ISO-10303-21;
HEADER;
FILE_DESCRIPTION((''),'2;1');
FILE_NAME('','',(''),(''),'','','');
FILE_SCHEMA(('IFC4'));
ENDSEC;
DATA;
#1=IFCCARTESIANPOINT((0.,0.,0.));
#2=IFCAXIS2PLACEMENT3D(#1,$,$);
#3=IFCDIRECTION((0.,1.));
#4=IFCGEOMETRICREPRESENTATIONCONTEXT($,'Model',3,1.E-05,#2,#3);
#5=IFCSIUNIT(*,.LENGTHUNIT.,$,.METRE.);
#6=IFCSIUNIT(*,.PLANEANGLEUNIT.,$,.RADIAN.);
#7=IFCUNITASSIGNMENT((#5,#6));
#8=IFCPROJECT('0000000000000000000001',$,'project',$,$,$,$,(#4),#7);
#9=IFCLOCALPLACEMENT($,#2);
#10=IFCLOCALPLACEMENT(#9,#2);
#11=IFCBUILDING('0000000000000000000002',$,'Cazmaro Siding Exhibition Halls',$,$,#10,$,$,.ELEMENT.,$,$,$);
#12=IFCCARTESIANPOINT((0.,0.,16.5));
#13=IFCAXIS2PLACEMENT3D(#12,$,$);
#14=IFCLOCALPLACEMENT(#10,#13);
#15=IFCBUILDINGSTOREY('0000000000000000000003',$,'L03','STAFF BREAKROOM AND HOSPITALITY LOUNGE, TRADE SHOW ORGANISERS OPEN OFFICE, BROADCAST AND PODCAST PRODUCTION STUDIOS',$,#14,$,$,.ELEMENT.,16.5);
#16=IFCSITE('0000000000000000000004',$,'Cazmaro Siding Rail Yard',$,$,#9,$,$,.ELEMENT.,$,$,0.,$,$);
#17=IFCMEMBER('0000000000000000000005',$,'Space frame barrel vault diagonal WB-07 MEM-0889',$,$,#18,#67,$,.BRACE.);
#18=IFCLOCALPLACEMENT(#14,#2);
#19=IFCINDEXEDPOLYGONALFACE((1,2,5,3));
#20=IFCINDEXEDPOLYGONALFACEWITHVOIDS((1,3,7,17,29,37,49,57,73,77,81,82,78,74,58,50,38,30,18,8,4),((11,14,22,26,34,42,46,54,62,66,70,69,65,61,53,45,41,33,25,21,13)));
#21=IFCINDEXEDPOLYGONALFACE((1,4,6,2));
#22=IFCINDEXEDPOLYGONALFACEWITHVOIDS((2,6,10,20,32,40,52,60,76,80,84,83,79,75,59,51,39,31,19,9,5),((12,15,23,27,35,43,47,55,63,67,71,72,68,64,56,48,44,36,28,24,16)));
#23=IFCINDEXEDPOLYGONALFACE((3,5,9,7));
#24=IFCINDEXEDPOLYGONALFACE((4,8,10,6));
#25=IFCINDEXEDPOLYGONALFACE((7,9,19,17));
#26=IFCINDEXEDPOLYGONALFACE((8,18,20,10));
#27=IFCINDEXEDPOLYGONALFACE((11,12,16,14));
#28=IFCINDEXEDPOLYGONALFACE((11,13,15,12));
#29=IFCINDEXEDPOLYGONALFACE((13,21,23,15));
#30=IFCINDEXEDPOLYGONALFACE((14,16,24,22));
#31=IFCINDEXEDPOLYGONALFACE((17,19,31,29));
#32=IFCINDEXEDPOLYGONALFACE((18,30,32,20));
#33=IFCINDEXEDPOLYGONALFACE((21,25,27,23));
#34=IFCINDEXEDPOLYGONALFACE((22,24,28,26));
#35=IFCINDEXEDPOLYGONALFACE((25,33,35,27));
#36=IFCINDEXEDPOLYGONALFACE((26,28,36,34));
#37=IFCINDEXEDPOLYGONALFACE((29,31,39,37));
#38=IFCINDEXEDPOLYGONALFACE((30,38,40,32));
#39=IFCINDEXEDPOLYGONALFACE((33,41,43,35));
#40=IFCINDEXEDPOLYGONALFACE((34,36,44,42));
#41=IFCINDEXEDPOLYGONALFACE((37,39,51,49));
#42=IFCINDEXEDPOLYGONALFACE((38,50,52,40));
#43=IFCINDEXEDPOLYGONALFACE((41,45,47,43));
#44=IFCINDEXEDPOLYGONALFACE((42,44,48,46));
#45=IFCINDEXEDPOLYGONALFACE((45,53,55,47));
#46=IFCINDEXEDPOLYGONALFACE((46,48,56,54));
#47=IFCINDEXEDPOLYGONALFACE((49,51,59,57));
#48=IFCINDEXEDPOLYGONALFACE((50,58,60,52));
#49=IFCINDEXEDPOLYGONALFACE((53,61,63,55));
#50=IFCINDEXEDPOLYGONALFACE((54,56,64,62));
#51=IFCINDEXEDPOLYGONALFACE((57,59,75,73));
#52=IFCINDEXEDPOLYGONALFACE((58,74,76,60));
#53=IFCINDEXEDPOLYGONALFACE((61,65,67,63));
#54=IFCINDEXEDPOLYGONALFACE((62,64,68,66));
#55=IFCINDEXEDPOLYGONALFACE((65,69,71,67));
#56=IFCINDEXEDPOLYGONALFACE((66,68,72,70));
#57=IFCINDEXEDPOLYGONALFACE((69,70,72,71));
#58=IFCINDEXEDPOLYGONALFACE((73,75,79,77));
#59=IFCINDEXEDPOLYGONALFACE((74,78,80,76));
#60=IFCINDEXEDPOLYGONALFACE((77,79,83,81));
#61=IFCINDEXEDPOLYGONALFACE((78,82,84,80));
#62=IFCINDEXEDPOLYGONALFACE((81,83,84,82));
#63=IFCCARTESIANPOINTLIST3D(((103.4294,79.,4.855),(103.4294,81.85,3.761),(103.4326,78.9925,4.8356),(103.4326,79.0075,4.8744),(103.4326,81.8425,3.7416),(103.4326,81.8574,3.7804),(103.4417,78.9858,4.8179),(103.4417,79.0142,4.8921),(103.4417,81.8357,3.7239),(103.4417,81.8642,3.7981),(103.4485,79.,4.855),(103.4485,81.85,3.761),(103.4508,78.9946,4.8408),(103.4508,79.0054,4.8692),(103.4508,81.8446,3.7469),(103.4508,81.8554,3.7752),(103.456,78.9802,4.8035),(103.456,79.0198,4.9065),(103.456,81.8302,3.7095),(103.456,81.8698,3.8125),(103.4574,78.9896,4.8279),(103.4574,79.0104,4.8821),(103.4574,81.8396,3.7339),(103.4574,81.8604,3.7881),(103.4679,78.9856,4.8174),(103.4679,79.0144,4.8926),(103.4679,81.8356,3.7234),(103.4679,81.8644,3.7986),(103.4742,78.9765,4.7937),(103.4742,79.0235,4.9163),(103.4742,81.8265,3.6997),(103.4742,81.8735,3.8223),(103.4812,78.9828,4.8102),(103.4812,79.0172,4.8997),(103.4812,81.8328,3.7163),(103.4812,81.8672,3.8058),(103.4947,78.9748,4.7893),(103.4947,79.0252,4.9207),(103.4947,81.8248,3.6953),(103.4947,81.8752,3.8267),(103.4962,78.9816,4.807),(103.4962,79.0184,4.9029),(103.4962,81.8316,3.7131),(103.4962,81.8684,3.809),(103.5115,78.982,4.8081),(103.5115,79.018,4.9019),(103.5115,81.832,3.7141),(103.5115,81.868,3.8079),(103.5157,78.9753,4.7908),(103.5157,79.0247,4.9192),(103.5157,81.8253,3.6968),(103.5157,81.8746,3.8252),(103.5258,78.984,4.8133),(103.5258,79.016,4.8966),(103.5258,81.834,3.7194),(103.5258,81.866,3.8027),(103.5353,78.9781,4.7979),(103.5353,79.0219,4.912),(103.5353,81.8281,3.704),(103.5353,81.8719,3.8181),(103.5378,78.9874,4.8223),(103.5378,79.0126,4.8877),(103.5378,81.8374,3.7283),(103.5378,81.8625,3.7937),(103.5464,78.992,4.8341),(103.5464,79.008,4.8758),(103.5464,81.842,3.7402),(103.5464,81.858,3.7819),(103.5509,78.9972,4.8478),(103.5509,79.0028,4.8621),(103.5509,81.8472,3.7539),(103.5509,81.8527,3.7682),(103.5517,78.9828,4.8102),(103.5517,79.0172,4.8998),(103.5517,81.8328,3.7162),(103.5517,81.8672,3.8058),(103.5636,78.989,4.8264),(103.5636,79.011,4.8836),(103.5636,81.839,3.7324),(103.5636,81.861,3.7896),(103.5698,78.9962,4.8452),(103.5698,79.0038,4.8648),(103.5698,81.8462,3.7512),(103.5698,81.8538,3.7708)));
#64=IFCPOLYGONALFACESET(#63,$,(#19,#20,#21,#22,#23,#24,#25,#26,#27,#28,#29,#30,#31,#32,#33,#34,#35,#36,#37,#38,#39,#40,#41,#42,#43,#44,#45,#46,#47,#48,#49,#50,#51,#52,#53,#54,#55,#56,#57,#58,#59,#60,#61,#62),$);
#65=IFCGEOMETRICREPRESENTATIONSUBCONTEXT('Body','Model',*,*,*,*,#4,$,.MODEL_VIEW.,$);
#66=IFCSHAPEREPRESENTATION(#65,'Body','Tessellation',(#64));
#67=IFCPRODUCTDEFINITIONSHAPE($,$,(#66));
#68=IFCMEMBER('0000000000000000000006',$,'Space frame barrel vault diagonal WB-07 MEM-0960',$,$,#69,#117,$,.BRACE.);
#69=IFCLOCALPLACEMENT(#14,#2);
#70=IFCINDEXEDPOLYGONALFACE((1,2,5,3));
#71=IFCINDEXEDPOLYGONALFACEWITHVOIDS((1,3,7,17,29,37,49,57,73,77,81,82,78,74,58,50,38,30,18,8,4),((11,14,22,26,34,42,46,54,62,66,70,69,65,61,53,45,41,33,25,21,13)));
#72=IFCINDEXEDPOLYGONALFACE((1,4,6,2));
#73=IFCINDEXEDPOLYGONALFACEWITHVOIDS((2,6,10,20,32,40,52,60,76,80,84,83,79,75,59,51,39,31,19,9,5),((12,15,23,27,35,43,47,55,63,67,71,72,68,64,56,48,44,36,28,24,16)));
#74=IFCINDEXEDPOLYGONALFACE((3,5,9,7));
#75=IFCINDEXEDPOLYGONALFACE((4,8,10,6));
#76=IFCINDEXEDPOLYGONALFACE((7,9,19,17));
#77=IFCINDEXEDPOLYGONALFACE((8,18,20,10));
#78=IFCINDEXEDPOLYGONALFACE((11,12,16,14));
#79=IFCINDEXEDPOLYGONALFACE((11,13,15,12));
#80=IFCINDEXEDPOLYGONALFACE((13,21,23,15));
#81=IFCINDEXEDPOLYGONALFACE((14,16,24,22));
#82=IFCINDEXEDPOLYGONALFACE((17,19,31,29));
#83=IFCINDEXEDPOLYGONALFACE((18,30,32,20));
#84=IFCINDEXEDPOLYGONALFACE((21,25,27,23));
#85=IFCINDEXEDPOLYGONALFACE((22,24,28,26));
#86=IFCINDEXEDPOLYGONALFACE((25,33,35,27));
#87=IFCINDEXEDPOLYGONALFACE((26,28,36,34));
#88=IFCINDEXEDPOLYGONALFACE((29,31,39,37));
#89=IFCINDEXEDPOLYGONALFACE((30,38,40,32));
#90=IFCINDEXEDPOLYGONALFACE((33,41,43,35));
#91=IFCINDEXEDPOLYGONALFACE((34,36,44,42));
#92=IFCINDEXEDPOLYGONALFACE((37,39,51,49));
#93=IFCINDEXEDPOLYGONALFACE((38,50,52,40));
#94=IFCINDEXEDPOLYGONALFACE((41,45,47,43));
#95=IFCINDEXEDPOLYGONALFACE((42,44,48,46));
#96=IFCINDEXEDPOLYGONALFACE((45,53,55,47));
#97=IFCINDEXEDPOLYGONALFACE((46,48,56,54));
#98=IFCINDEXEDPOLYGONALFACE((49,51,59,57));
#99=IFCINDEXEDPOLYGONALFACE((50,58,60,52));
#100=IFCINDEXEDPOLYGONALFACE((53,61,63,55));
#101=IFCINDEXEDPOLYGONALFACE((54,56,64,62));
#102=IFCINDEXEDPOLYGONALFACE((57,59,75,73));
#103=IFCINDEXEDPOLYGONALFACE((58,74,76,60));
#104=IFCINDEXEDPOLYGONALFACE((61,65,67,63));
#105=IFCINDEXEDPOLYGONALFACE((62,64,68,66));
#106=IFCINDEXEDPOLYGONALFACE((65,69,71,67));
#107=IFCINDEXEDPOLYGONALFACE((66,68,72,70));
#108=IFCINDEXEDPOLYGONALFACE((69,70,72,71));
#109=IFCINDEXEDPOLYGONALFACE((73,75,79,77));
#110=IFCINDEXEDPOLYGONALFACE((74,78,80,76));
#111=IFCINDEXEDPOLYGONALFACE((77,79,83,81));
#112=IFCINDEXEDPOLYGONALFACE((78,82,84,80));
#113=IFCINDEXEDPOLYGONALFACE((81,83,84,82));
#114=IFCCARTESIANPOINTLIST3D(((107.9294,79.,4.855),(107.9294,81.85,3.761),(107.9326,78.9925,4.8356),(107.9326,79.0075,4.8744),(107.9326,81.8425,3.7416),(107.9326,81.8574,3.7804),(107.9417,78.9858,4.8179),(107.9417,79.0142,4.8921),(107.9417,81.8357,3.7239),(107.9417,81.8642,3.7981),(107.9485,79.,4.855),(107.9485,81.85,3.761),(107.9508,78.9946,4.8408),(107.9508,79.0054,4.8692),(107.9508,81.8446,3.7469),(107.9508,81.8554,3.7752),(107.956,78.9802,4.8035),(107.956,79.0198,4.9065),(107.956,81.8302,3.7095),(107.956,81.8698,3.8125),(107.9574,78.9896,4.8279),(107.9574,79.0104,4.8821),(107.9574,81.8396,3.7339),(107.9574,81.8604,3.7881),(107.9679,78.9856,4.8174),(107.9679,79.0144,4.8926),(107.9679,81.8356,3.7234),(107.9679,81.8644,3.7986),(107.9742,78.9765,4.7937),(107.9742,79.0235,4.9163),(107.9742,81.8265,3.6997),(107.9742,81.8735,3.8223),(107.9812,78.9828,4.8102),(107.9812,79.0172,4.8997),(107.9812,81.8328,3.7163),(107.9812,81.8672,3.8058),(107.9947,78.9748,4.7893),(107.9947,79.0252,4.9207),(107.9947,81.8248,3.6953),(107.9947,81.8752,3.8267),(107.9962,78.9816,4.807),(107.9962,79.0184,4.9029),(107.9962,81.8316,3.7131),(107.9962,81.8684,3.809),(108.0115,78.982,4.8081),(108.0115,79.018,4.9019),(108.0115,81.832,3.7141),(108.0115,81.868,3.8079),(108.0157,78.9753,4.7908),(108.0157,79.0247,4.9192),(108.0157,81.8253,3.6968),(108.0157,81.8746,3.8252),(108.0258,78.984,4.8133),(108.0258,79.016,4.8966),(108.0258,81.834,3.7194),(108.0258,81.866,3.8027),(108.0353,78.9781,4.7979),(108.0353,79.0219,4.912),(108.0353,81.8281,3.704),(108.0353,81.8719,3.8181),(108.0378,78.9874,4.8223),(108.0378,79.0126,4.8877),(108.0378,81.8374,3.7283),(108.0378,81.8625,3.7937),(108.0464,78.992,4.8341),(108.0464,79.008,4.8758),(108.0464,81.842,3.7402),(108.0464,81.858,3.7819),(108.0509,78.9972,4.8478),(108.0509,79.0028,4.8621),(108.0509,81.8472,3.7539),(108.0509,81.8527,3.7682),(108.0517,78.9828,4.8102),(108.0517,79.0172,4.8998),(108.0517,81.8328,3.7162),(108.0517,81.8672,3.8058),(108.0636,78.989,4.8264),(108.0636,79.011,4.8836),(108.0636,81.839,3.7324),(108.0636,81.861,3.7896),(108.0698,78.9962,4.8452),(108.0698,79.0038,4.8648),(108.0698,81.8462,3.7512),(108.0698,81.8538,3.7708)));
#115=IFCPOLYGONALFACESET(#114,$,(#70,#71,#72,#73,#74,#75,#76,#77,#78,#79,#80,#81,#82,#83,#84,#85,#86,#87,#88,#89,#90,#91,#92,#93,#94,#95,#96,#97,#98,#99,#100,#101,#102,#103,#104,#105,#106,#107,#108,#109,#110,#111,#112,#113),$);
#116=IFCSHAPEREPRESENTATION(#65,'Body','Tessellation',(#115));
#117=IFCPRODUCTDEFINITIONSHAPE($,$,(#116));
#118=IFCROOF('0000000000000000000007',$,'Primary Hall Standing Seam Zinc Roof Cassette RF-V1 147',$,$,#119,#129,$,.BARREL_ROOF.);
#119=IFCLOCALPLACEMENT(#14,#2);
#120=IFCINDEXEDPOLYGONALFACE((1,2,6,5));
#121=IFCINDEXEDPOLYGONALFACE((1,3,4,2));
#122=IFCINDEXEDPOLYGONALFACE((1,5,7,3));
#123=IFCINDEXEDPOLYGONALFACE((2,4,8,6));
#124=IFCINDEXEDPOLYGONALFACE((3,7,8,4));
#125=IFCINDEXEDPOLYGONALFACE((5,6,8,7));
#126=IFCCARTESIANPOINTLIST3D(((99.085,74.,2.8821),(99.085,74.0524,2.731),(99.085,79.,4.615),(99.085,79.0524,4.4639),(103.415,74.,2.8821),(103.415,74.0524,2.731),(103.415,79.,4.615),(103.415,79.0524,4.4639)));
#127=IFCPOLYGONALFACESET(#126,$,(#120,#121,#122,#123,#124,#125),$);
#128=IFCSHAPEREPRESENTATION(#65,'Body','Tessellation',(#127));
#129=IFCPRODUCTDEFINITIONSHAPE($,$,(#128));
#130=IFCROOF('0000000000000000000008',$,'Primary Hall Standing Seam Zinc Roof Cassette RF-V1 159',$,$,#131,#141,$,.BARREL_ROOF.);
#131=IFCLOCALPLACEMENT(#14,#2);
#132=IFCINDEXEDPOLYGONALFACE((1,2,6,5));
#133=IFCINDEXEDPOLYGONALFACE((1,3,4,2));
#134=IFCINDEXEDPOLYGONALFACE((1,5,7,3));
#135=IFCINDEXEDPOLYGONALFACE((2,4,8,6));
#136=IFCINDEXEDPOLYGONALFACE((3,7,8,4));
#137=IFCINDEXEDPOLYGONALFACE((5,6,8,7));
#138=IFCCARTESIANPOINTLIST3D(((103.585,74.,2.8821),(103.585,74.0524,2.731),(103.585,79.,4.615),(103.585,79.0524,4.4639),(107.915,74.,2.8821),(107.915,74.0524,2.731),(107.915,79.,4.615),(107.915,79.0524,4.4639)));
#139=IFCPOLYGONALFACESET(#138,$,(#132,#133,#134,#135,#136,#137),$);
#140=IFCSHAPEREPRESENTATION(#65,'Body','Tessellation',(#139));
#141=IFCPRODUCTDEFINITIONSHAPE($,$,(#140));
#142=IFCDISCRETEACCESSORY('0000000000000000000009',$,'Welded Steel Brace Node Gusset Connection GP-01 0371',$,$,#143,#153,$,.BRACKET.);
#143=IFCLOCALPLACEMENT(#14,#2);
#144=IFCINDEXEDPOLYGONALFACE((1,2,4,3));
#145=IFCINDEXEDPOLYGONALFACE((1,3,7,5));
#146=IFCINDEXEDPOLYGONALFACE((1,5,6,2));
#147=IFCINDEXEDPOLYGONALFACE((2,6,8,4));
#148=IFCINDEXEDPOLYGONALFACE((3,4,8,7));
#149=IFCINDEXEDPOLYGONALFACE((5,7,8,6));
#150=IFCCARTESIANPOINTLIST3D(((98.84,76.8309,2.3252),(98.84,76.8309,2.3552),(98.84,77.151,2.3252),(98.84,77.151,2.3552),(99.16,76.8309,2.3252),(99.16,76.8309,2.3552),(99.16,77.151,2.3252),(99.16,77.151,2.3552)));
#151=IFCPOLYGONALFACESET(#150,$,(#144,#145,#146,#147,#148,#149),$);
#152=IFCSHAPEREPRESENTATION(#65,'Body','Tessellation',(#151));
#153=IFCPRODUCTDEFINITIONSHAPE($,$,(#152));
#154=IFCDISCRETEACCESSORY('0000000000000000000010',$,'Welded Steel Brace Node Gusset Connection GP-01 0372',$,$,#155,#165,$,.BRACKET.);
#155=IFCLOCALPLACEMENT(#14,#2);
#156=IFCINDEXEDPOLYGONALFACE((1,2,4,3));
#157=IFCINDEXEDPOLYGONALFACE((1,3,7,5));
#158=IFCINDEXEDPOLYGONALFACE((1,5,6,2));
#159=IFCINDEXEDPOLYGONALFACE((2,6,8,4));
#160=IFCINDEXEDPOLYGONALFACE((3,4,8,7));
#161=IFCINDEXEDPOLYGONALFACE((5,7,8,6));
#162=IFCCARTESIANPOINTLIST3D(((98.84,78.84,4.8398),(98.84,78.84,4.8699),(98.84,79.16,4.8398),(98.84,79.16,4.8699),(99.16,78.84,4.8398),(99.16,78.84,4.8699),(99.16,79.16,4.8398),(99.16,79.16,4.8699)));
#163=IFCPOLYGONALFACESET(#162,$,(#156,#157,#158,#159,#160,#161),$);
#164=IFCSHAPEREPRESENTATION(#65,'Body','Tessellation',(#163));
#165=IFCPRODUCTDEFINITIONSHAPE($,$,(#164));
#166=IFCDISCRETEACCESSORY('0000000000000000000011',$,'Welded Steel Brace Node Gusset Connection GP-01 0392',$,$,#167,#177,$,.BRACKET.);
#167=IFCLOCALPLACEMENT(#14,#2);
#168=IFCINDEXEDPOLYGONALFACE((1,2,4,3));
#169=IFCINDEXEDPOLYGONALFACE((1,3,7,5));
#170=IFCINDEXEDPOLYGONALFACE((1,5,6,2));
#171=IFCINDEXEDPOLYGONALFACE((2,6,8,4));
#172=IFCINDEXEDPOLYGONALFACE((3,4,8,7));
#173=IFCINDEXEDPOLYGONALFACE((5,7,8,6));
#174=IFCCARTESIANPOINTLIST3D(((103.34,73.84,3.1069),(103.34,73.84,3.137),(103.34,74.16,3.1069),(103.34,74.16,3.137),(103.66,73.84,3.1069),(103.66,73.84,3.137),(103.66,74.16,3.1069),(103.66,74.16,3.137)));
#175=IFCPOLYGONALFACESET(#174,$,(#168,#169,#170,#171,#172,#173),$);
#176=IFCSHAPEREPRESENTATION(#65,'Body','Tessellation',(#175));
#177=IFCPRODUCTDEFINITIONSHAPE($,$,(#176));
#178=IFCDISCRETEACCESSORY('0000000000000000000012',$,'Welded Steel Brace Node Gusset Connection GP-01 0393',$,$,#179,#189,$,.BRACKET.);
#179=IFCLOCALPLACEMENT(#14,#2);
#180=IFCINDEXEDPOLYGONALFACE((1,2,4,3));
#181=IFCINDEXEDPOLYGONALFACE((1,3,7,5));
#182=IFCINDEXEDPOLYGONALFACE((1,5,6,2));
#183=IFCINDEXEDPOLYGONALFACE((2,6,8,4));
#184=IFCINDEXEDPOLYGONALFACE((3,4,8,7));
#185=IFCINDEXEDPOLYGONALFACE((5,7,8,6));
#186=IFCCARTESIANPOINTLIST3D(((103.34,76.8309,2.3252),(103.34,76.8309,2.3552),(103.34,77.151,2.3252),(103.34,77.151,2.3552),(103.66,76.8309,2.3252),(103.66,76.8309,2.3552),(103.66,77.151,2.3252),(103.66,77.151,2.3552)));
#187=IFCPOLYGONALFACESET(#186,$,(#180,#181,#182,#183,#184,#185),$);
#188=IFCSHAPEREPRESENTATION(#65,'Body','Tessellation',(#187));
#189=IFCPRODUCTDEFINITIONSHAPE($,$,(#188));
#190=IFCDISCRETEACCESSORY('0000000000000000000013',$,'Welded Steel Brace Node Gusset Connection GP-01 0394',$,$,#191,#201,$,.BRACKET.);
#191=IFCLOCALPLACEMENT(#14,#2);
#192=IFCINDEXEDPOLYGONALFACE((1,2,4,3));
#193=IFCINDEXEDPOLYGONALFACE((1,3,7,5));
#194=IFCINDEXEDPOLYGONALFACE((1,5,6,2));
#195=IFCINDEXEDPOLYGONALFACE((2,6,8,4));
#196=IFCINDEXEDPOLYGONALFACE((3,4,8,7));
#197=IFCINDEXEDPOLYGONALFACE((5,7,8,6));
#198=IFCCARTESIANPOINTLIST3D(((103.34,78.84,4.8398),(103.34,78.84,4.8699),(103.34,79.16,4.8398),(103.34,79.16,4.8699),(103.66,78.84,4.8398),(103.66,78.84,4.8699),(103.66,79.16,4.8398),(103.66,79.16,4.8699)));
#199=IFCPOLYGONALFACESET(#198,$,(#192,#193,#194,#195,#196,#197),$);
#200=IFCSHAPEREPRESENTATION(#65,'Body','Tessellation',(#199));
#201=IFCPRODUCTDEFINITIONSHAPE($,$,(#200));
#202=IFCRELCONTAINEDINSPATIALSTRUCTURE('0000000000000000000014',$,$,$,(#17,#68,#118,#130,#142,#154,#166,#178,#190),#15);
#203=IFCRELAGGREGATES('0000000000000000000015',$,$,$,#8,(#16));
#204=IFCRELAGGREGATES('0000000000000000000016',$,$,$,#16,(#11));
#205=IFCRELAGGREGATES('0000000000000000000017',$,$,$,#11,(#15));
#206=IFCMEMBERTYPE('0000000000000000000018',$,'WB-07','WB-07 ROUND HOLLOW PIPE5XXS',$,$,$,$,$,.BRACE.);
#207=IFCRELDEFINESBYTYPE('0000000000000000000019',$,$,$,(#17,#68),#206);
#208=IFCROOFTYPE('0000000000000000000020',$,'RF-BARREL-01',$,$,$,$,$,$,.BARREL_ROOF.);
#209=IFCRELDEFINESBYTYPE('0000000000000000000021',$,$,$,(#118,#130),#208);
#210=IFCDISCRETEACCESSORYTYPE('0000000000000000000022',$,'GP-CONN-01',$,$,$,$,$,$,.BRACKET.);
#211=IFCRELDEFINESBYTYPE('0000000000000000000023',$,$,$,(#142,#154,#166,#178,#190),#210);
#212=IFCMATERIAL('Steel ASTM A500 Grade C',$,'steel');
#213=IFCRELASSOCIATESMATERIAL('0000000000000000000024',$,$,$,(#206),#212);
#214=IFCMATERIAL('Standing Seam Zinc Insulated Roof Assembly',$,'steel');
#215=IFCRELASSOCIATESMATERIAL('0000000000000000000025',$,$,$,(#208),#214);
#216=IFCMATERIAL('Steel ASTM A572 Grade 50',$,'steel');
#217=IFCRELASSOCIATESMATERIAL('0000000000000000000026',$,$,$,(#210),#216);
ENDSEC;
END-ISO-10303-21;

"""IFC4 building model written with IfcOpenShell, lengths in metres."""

from ifc_helpers import new_model, si_unit, direction, frame, origin, origin_2d, place, context, subcontext, project, spatial, polyline, rectangle, hollow_circle, outline, extrude, material, material_profile, profile_set, type_object, element, save


model = new_model("IFC4")

# Units and contexts
model_context = context("Model", 3, precision=1e-05, world=origin(), true_north=direction((0.0, 1.0)))
body_context = subcontext(model_context, "Body", "Model", "MODEL_VIEW")
ifc_project = project(units=[si_unit("LENGTHUNIT", "METRE"), si_unit("PLANEANGLEUNIT", "RADIAN")], contexts=[model_context])

# Site, building, storey
site_placement = place(None, origin())
site = spatial("IfcSite", under=ifc_project, at=site_placement, Name="Cazmaro Siding Rail Yard", CompositionType="ELEMENT", RefElevation=0.0)
building_placement = place(site_placement, origin())
building = spatial("IfcBuilding", under=site, at=building_placement, Name="Cazmaro Siding Exhibition Halls", CompositionType="ELEMENT")
storey_placement = place(building_placement, frame((0.0, 0.0, 16.5)))
storey = spatial("IfcBuildingStorey", under=building, at=storey_placement, Name="L03", Description="STAFF BREAKROOM AND HOSPITALITY LOUNGE, TRADE SHOW ORGANISERS OPEN OFFICE, BROADCAST AND PODCAST PRODUCTION STUDIOS", CompositionType="ELEMENT", Elevation=16.5)

# Members
ifc_material_1 = material(Name="Steel ASTM A500 Grade C", Category="steel")
ifc_material_profile_1 = material_profile(ifc_material_1, hollow_circle(Radius=0.0706, WallThickness=0.019, at=origin_2d()), Name="PIPE5XXS")
ifc_profile_set_1 = profile_set([ifc_material_profile_1], Name="Steel ASTM A500 Grade C")
member_type_1 = type_object("IfcMemberType", Name="WB-07", Description="WB-07 ROUND HOLLOW PIPE5XXS", PredefinedType="BRACE", material=ifc_profile_set_1)
for number, where, z_axis, x_axis, name in (
    (1, (103.5, 79.0, 4.855), (0.0, 0.933587, -0.358352), (-1.0, 0.0, 0.0), "Space frame barrel vault diagonal WB-07 MEM-0889"),
    (2, (108.0, 79.0, 4.855), (0.0, 0.933587, -0.358352), (-1.0, 0.0, 0.0), "Space frame barrel vault diagonal WB-07 MEM-0960"),
):
    element("IfcMember", number, at=place(storey_placement, frame(where, z_axis=z_axis, x_axis=x_axis)), inside=storey, type_object=member_type_1, Name=name, PredefinedType="BRACE", context=body_context, shape_type="SweptSolid", body=[
        extrude(hollow_circle(Radius=0.0706, WallThickness=0.019, at=origin_2d()), origin(), (0.0, 0.0, 1.0), 3.0527),
    ])

# Roofs
ifc_material_2 = material(Name="Standing Seam Zinc Insulated Roof Assembly", Category="steel")
roof_type = type_object("IfcRoofType", Name="RF-BARREL-01", PredefinedType="BARREL_ROOF", material=ifc_material_2)
for number, where, z_axis, x_axis, name in (
    (3, (99.085, 74.0, 2.8821), (0.0, -0.327472, 0.944861), (1.0, 0.0, 0.0), "Primary Hall Standing Seam Zinc Roof Cassette RF-V1 147"),
    (4, (103.585, 74.0, 2.8821), (0.0, -0.327472, 0.944861), (1.0, 0.0, 0.0), "Primary Hall Standing Seam Zinc Roof Cassette RF-V1 159"),
):
    element("IfcRoof", number, at=place(storey_placement, frame(where, z_axis=z_axis, x_axis=x_axis)), inside=storey, type_object=roof_type, Name=name, PredefinedType="BARREL_ROOF", context=body_context, shape_type="SweptSolid", body=[
        extrude(outline(polyline([(0.0, 0.0), (4.3301, 0.0), (4.3301, 5.2918), (0.0, 5.2918), (0.0, 0.0)])), origin(), (0.0, 0.0, -1.0), 0.1599),
    ])

# Discrete accessories
ifc_material_3 = material(Name="Steel ASTM A572 Grade 50", Category="steel")
discrete_accessory_type = type_object("IfcDiscreteAccessoryType", Name="GP-CONN-01", PredefinedType="BRACKET", material=ifc_material_3)
for number, where, z_axis, x_axis, name in (
    (5, (99.0, 76.991, 2.3252), (0.0, 0.0, 1.0), (1.0, 0.0, 0.0), "Welded Steel Brace Node Gusset Connection GP-01 0371"),
    (6, (99.0, 79.0, 4.8398), (0.0, 0.0, 1.0), (1.0, 0.0, 0.0), "Welded Steel Brace Node Gusset Connection GP-01 0372"),
    (7, (103.5, 74.0, 3.1069), (0.0, 0.0, 1.0), (1.0, 0.0, 0.0), "Welded Steel Brace Node Gusset Connection GP-01 0392"),
    (8, (103.5, 76.991, 2.3252), (0.0, 0.0, 1.0), (1.0, 0.0, 0.0), "Welded Steel Brace Node Gusset Connection GP-01 0393"),
    (9, (103.5, 79.0, 4.8398), (0.0, 0.0, 1.0), (1.0, 0.0, 0.0), "Welded Steel Brace Node Gusset Connection GP-01 0394"),
):
    element("IfcDiscreteAccessory", number, at=place(storey_placement, frame(where, z_axis=z_axis, x_axis=x_axis)), inside=storey, type_object=discrete_accessory_type, Name=name, PredefinedType="BRACKET", context=body_context, shape_type="SweptSolid", body=[
        extrude(rectangle(XDim=0.3201, YDim=0.3201, at=origin_2d()), origin(), (0.0, 0.0, 1.0), 0.03),
    ])

save(model, "model.ifc")
